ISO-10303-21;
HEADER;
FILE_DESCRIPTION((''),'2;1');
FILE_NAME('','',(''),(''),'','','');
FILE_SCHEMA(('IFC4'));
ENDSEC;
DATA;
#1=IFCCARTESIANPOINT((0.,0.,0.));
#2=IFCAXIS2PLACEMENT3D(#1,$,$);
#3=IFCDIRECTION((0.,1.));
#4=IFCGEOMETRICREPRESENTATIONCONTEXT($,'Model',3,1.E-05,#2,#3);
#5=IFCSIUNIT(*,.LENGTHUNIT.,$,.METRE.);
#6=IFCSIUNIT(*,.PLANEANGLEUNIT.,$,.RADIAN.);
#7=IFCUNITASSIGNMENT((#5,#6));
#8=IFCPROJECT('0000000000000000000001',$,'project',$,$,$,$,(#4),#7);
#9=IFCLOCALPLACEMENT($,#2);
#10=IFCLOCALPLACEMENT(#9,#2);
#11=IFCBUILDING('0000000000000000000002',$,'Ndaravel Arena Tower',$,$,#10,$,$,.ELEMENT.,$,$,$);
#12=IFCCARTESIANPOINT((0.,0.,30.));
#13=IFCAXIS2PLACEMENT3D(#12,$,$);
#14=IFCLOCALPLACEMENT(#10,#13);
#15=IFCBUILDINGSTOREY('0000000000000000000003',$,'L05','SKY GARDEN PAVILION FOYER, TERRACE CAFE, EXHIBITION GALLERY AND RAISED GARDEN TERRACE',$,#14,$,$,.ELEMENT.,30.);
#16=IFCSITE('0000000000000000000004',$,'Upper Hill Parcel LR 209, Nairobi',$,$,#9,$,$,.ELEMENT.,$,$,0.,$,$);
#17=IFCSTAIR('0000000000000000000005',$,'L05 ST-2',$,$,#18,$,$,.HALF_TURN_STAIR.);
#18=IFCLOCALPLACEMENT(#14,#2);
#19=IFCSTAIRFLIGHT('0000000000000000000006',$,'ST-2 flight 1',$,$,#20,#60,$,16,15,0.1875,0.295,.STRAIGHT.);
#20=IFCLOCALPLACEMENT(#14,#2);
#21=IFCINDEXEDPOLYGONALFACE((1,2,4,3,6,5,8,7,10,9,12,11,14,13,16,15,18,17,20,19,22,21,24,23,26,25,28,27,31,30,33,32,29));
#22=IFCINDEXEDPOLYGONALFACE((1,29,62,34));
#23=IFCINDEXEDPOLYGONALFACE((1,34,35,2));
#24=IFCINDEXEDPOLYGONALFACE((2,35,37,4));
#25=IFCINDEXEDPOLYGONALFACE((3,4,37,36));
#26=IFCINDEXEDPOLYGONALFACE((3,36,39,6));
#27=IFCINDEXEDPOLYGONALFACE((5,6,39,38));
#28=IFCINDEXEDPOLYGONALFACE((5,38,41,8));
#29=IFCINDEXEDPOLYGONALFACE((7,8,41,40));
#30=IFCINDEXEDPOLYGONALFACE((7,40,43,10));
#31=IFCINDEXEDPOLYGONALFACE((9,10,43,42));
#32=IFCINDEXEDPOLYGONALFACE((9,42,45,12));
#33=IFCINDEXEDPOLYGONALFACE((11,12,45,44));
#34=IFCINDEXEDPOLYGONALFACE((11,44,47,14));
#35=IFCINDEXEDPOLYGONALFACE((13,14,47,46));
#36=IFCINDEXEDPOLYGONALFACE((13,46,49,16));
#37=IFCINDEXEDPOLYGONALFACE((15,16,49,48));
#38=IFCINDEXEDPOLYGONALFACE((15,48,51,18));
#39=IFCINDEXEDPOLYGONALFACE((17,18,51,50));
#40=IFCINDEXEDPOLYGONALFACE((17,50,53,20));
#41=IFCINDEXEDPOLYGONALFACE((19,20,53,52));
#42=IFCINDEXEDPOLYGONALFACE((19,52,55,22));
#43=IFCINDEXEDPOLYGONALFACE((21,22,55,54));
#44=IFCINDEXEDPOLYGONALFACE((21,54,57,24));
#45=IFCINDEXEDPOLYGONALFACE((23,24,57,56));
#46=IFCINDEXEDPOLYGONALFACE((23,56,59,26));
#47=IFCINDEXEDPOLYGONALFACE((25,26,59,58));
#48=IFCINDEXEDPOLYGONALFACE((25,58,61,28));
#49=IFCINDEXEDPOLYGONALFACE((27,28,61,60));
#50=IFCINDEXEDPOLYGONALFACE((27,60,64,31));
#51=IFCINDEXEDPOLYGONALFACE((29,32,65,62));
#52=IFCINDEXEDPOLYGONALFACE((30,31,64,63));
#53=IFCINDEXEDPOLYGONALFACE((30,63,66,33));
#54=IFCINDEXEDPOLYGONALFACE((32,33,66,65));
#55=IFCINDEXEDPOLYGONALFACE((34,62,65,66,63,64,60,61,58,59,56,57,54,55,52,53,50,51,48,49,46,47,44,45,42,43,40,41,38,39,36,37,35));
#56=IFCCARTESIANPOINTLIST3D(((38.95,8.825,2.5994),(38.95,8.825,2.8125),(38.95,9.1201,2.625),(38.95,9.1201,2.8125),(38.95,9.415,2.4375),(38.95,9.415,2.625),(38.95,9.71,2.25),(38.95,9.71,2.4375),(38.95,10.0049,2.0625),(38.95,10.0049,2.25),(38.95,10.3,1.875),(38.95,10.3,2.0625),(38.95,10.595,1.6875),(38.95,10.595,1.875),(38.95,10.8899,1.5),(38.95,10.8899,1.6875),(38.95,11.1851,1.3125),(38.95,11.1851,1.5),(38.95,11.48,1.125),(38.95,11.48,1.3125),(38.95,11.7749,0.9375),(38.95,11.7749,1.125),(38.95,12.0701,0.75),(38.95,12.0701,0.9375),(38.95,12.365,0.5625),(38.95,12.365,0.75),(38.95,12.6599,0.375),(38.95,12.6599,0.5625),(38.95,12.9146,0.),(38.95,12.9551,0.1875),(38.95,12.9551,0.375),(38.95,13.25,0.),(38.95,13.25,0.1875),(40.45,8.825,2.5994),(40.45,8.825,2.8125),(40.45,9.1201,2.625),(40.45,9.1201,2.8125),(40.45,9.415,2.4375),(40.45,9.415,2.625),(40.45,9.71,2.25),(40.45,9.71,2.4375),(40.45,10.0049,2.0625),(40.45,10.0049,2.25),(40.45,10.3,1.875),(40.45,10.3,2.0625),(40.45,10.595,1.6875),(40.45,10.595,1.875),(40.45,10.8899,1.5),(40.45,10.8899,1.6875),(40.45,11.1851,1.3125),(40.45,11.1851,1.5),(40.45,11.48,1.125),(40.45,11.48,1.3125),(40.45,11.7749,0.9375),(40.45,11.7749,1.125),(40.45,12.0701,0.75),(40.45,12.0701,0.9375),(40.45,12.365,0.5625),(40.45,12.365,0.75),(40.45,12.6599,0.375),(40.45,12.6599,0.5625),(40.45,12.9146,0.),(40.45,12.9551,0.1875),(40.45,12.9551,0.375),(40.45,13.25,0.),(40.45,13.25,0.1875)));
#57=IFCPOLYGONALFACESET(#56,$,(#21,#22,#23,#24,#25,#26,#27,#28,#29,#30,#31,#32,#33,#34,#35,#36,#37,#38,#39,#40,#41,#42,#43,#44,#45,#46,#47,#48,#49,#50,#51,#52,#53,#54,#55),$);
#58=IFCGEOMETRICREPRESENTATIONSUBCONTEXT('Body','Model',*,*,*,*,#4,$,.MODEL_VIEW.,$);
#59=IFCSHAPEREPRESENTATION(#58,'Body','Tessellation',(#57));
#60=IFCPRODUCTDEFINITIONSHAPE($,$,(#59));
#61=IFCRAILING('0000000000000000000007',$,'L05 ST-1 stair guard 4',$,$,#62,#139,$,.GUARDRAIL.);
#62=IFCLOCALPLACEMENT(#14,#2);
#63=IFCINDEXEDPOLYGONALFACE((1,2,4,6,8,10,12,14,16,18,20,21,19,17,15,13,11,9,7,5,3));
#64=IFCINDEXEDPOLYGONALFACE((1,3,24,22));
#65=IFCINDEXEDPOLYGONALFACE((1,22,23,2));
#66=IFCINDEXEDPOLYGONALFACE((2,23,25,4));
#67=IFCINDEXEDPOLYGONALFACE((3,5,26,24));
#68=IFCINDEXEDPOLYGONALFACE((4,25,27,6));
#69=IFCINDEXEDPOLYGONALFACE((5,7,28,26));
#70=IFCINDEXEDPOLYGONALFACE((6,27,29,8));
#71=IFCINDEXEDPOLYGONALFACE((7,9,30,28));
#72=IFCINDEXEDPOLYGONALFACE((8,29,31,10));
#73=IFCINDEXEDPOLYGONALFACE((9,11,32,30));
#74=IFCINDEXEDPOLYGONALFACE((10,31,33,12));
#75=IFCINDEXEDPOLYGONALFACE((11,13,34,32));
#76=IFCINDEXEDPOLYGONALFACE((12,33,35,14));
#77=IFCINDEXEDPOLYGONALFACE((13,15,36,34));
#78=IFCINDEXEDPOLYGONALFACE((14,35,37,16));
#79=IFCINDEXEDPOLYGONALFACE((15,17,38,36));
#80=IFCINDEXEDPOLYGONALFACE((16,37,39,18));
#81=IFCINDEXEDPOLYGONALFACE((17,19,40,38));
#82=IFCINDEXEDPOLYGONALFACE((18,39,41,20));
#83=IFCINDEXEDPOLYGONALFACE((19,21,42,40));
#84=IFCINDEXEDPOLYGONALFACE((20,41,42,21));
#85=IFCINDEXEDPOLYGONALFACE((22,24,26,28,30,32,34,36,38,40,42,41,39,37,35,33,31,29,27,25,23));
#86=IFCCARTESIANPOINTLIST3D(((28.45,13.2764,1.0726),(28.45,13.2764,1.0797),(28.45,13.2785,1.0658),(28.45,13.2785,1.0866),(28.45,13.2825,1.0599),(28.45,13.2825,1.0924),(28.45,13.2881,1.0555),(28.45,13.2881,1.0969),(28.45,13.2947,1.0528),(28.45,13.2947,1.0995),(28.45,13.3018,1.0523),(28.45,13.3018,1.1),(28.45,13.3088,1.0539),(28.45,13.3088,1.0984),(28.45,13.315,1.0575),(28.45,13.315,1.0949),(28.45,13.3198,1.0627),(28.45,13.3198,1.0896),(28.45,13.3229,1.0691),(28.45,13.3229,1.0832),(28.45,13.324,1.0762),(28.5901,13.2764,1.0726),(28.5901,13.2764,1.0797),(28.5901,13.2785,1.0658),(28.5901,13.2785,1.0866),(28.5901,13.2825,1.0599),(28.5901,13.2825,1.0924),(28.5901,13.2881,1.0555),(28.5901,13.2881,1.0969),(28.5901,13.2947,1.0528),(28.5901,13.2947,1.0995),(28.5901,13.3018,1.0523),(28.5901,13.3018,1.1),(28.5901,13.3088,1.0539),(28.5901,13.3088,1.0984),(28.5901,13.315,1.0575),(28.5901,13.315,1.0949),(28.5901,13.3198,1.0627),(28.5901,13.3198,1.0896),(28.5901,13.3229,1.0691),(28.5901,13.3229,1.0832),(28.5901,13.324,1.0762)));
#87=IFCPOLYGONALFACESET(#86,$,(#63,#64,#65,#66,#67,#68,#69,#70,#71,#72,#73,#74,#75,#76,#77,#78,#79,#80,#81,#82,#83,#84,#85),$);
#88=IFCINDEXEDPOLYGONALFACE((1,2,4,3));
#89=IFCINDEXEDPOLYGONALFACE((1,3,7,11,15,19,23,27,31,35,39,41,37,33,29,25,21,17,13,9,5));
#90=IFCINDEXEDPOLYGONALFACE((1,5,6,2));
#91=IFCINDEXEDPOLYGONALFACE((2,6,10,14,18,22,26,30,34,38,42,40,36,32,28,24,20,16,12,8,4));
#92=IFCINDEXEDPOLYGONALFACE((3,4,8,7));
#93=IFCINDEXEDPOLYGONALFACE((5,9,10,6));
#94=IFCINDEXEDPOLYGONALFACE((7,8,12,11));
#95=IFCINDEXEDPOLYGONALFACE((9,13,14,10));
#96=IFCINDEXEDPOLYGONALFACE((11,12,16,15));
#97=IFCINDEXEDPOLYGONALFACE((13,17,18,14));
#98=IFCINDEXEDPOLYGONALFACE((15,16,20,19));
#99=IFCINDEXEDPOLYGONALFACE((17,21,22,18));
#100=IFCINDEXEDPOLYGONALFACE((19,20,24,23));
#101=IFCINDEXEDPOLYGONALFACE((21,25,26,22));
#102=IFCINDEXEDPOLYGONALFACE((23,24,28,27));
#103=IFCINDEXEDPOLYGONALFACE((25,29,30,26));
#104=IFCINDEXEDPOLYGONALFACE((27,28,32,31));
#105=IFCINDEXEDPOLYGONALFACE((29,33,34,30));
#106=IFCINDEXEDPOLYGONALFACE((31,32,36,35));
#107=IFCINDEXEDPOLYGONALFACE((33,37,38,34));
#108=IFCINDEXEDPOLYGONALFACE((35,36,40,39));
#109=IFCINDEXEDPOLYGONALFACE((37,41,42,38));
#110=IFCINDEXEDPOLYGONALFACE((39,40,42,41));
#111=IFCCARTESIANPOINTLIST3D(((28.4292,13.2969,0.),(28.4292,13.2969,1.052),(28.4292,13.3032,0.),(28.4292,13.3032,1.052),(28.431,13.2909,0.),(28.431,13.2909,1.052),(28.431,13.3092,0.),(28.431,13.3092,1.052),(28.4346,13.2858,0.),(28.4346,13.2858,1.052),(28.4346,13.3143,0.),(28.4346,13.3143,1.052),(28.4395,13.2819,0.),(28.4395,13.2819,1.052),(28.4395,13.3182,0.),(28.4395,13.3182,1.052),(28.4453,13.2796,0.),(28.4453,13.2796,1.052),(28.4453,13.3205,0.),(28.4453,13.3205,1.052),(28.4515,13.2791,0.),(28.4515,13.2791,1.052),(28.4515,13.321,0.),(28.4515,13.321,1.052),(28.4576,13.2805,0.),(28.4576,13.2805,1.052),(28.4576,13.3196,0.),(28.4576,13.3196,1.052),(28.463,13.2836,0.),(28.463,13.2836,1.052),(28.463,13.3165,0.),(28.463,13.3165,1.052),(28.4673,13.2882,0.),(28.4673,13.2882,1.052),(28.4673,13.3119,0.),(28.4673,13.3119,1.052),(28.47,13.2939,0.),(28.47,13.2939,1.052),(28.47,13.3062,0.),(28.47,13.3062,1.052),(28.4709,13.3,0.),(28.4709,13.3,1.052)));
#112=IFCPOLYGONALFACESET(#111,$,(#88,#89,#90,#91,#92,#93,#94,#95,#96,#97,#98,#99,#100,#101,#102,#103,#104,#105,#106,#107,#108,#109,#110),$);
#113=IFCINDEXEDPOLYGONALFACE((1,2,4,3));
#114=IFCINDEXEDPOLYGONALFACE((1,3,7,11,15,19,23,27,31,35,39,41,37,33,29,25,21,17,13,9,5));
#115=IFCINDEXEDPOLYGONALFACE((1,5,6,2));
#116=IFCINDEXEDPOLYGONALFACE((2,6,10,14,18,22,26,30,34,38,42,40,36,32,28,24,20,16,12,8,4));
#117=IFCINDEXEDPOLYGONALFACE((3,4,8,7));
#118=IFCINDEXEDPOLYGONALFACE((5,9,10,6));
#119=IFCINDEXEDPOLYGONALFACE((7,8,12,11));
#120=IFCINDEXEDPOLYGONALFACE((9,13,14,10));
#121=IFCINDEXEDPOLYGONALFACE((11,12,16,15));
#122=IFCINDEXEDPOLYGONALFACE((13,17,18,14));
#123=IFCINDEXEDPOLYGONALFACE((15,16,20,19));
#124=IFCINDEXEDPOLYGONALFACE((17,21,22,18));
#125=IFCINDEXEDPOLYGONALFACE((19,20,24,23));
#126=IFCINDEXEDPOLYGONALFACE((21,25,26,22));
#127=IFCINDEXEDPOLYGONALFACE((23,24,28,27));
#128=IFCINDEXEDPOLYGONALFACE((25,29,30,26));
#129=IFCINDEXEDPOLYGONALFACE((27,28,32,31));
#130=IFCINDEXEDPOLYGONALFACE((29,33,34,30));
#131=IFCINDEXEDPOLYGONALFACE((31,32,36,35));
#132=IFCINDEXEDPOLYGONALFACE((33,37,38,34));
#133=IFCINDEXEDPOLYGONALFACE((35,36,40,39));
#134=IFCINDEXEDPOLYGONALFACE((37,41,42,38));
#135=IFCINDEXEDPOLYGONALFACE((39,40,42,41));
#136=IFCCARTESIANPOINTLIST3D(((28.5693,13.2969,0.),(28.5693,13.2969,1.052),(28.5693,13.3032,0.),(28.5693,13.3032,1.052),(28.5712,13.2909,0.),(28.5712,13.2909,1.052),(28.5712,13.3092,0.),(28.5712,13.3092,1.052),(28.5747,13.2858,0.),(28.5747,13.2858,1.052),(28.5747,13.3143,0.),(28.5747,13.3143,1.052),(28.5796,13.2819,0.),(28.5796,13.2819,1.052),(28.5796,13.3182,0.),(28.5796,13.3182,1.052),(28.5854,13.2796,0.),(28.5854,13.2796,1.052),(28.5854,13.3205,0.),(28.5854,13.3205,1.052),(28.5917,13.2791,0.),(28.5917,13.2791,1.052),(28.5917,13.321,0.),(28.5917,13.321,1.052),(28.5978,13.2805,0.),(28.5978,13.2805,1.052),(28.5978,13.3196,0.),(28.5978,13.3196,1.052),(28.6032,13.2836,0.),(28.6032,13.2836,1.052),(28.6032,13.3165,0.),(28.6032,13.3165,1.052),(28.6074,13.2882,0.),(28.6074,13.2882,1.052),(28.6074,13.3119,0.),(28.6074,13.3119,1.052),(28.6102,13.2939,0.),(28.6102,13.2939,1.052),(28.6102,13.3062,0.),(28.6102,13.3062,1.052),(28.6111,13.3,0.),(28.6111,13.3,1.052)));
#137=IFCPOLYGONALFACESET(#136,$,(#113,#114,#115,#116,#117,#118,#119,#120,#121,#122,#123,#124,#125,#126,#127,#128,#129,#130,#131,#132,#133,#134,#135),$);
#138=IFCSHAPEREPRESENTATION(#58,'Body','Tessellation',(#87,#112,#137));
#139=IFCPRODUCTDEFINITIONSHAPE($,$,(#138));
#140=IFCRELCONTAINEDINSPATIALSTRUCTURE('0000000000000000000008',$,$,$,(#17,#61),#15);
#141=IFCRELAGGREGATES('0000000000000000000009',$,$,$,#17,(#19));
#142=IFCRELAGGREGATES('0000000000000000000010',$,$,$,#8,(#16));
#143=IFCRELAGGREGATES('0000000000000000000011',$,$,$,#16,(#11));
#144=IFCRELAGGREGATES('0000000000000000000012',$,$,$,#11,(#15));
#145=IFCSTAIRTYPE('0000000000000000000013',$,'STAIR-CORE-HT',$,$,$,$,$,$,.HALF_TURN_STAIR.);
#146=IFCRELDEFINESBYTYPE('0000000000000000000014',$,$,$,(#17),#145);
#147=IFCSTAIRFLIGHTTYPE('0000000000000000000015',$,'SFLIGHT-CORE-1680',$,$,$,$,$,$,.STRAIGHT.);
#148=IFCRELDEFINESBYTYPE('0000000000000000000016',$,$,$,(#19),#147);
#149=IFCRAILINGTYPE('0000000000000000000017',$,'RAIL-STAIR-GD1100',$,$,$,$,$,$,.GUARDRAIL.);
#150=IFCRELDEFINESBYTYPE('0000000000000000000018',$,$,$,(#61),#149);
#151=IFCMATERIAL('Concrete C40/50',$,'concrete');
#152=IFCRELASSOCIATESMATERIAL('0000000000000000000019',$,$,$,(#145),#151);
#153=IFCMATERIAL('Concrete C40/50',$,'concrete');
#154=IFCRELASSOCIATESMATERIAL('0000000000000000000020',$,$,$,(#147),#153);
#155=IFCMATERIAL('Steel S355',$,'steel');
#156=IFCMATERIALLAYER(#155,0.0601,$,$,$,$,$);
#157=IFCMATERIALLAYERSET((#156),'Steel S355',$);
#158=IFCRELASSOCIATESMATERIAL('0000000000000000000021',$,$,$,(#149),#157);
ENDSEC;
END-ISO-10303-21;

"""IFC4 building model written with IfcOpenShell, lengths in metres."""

from ifc_helpers import new_model, si_unit, direction, frame, origin, origin_2d, place, context, subcontext, project, spatial, polyline, circle, outline, extrude, material, layer, layer_set, type_object, element, aggregate, save


model = new_model("IFC4")

# Units and contexts
model_context = context("Model", 3, precision=1e-05, world=origin(), true_north=direction((0.0, 1.0)))
body_context = subcontext(model_context, "Body", "Model", "MODEL_VIEW")
ifc_project = project(units=[si_unit("LENGTHUNIT", "METRE"), si_unit("PLANEANGLEUNIT", "RADIAN")], contexts=[model_context])

# Site, building, storey
site_placement = place(None, origin())
site = spatial("IfcSite", under=ifc_project, at=site_placement, Name="Upper Hill Parcel LR 209, Nairobi", CompositionType="ELEMENT", RefElevation=0.0)
building_placement = place(site_placement, origin())
building = spatial("IfcBuilding", under=site, at=building_placement, Name="Ndaravel Arena Tower", CompositionType="ELEMENT")
storey_placement = place(building_placement, frame((0.0, 0.0, 30.0)))
storey = spatial("IfcBuildingStorey", under=building, at=storey_placement, Name="L05", Description="SKY GARDEN PAVILION FOYER, TERRACE CAFE, EXHIBITION GALLERY AND RAISED GARDEN TERRACE", CompositionType="ELEMENT", Elevation=30.0)

# Stair, stair flight
ifc_material_1 = material(Name="Concrete C40/50", Category="concrete")
stair_type = type_object("IfcStairType", Name="STAIR-CORE-HT", PredefinedType="HALF_TURN_STAIR", material=ifc_material_1)
ifc_material_2 = material(Name="Concrete C40/50", Category="concrete")
stair_flight_type = type_object("IfcStairFlightType", Name="SFLIGHT-CORE-1680", PredefinedType="STRAIGHT", material=ifc_material_2)
stair_1_placement = place(storey_placement, origin())
stair_1 = element("IfcStair", 1, at=stair_1_placement, inside=storey, type_object=stair_type, Name="L05 ST-2", PredefinedType="HALF_TURN_STAIR")
stair_flight_1_placement = place(storey_placement, frame((39.7, 13.25, 0.0), z_axis=(0.0, 0.0, 1.0), x_axis=(0.0, -1.0, 0.0)))
stair_flight_1 = element("IfcStairFlight", 2, at=stair_flight_1_placement, type_object=stair_flight_type, Name="ST-2 flight 1", NumberOfRisers=16, NumberOfTreads=15, PredefinedType="STRAIGHT", RiserHeight=0.1875, TreadLength=0.295, context=body_context, shape_type="SweptSolid", body=[
    extrude(outline(polyline([(0.0, 0.0), (0.0, 0.1875), (0.2949, 0.1875), (0.2949, 0.375), (0.5901, 0.375), (0.5901, 0.5625), (0.885, 0.5625), (0.885, 0.75), (1.1799, 0.75), (1.1799, 0.9375), (1.4751, 0.9375), (1.4751, 1.125), (1.77, 1.125), (1.77, 1.3125), (2.0649, 1.3125), (2.0649, 1.5), (2.3601, 1.5), (2.3601, 1.6875), (2.655, 1.6875), (2.655, 1.875), (2.95, 1.875), (2.95, 2.0625), (3.2451, 2.0625), (3.2451, 2.25), (3.54, 2.25), (3.54, 2.4375), (3.835, 2.4375), (3.835, 2.625), (4.1299, 2.625), (4.1299, 2.8125), (4.425, 2.8125), (4.425, 3.0), (4.425, 2.5994), (0.3354, 0.0), (0.0, 0.0)])), frame((0.0, 0.75, 0.0), z_axis=(0.0, -1.0, 0.0), x_axis=(1.0, 0.0, 0.0)), (0.0, 0.0, 1.0), 1.5),
])
aggregate(stair_1, [stair_flight_1])

# Railing
ifc_material_3 = material(Name="Steel S355", Category="steel")
ifc_layer_1 = layer(ifc_material_3, 0.0601)
ifc_layer_set_1 = layer_set([ifc_layer_1], Name="Steel S355")
railing_type_1 = type_object("IfcRailingType", Name="RAIL-STAIR-GD1100", PredefinedType="GUARDRAIL", material=ifc_layer_set_1)
railing_1_placement = place(storey_placement, frame((28.45, 13.3, 0.0)))
element("IfcRailing", 3, at=railing_1_placement, inside=storey, type_object=railing_type_1, Name="L05 ST-1 stair guard 4", PredefinedType="GUARDRAIL", context=body_context, shape_type="SweptSolid", body=[
    extrude(circle(Radius=0.0239, at=origin_2d()), frame((0.0, 0.0, 1.0762), z_axis=(1.0, 0.0, 0.0), x_axis=(0.0, 1.0, 0.0)), (0.0, 0.0, 1.0), 0.1401),
    extrude(circle(Radius=0.021, at=origin_2d()), origin(), (0.0, 0.0, 1.0), 1.052),
    extrude(circle(Radius=0.021, at=origin_2d()), frame((0.1401, 0.0, 0.0)), (0.0, 0.0, 1.0), 1.052),
])

save(model, "model.ifc")
